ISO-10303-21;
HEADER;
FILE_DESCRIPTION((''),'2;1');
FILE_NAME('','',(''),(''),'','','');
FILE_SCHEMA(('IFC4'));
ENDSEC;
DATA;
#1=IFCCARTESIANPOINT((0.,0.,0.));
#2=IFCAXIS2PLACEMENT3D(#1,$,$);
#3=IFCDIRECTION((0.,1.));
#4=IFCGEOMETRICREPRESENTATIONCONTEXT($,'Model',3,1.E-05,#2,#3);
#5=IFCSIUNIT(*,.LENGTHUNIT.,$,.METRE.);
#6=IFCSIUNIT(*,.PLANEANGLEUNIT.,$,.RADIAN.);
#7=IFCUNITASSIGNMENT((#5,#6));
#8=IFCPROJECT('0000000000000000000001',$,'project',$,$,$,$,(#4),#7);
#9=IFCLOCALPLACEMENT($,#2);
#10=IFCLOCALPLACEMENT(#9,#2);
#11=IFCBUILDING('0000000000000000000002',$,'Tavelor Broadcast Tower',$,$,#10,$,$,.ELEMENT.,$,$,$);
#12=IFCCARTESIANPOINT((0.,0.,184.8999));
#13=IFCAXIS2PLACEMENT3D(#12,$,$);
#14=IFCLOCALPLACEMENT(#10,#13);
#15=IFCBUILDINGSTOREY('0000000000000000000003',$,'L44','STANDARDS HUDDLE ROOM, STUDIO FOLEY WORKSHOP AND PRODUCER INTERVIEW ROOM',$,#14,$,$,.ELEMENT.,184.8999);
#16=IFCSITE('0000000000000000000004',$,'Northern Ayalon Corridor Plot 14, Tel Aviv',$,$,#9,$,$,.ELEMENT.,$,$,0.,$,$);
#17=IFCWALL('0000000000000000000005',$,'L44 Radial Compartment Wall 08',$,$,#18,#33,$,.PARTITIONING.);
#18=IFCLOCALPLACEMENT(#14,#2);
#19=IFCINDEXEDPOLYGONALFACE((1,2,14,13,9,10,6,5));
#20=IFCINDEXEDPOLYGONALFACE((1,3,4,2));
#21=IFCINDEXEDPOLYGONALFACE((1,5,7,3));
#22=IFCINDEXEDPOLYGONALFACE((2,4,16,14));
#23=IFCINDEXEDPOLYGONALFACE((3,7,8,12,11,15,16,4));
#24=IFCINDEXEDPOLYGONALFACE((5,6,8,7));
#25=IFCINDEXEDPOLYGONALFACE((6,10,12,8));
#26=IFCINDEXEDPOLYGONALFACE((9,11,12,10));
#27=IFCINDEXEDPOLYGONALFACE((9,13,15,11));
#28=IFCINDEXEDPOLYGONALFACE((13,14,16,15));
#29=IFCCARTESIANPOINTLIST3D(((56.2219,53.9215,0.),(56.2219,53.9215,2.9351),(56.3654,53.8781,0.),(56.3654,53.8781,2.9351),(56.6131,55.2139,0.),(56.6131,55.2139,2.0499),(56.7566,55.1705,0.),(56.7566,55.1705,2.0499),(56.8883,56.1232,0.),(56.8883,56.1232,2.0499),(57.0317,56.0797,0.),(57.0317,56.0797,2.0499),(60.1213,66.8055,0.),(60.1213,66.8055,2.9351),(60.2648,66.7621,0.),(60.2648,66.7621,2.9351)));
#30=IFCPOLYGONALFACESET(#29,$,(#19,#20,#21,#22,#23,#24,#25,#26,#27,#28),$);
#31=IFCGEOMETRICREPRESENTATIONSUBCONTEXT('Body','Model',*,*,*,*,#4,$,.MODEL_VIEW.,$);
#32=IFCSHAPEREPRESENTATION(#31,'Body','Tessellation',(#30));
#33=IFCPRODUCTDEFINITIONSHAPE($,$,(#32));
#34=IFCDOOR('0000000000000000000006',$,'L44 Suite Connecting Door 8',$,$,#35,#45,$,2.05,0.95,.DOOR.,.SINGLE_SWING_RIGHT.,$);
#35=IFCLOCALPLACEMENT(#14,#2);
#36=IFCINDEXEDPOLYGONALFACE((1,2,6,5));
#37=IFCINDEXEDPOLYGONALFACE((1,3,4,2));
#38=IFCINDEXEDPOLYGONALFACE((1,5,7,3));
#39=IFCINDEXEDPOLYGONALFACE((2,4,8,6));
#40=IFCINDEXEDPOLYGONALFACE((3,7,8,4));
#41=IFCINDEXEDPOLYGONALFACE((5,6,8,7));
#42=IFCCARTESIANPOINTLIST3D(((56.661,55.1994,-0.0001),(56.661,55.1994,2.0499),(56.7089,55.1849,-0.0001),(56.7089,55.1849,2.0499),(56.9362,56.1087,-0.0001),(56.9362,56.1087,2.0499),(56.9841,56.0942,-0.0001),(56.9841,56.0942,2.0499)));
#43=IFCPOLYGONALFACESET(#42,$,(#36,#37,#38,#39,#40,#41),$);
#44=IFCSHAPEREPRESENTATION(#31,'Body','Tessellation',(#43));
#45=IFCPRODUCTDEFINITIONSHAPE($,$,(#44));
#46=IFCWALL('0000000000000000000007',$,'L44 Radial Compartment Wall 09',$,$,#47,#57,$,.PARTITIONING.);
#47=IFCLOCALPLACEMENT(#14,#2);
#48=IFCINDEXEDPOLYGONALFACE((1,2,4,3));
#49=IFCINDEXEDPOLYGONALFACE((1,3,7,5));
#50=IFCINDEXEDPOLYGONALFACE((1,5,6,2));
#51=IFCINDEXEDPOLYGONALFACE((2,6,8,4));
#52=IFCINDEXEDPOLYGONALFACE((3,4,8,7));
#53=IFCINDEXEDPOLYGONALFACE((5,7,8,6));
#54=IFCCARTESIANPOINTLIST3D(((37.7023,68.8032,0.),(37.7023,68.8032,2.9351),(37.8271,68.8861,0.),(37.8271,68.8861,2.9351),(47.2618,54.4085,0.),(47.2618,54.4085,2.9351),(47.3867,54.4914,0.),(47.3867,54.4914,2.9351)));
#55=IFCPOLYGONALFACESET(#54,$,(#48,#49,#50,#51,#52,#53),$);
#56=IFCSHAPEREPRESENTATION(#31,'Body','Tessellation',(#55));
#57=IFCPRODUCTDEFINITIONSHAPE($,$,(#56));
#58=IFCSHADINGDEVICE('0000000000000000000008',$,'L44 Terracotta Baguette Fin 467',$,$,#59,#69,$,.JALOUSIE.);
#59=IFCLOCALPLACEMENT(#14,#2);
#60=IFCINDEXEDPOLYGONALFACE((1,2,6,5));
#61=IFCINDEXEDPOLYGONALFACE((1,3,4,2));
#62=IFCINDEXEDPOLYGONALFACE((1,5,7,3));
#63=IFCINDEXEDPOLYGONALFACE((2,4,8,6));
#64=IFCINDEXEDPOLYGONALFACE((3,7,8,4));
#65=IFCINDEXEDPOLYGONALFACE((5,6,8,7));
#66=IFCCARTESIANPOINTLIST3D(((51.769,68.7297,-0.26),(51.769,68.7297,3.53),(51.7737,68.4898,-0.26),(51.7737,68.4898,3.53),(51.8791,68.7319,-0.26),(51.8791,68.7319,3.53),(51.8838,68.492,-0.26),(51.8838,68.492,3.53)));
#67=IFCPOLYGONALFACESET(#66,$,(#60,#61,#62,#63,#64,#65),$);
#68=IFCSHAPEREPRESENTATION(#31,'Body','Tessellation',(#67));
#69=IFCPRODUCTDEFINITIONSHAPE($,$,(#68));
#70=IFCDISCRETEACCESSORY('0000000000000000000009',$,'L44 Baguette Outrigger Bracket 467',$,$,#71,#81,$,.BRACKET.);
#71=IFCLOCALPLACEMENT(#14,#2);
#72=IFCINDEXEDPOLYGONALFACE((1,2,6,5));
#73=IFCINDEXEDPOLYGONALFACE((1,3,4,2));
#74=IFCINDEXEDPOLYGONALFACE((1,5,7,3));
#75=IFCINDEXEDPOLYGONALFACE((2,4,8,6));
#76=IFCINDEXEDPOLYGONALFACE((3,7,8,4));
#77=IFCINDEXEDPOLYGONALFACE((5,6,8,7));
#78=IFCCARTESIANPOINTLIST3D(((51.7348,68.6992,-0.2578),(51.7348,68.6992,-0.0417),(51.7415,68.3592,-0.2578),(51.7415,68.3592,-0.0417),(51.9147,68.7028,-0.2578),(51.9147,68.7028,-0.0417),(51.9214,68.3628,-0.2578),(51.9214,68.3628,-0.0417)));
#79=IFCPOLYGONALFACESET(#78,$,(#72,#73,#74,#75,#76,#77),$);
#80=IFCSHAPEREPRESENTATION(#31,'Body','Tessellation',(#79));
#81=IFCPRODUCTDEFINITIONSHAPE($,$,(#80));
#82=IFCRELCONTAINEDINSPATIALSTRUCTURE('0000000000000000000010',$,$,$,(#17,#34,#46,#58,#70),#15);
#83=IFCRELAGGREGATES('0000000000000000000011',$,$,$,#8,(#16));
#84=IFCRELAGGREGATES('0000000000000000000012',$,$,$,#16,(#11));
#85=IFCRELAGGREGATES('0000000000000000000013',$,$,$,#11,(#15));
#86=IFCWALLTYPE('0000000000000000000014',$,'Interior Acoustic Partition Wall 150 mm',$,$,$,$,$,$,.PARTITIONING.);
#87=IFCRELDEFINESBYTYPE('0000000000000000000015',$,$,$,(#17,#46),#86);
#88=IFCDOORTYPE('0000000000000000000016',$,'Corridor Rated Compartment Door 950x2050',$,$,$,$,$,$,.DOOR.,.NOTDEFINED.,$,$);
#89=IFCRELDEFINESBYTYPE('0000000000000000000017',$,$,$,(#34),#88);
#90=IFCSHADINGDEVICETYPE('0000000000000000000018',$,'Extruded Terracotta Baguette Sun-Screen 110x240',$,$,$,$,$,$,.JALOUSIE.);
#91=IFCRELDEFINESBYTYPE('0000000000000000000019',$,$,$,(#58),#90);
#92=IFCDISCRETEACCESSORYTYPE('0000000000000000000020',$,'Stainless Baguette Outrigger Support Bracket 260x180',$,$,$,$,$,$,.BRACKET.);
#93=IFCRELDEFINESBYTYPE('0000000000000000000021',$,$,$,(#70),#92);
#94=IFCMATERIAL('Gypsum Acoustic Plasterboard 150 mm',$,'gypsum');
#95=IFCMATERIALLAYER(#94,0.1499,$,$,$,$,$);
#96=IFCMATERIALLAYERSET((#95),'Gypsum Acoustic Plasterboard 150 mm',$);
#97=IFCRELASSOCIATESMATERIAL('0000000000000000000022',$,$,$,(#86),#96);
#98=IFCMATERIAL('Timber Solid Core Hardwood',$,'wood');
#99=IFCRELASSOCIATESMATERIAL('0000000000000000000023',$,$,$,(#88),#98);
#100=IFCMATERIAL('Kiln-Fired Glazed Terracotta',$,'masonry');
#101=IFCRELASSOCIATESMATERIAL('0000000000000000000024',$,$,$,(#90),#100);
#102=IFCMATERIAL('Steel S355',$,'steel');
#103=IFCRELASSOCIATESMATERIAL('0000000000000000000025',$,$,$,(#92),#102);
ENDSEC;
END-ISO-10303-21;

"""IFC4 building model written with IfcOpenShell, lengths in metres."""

from ifc_helpers import new_model, si_unit, direction, frame, frame_2d, origin, origin_2d, place, context, subcontext, project, spatial, rectangle, extrude, source, transform, mapped, material, layer, layer_set, type_object, type_shapes, element, fill, save


model = new_model("IFC4")

# Units and contexts
model_context = context("Model", 3, precision=1e-05, world=origin(), true_north=direction((0.0, 1.0)))
body_context = subcontext(model_context, "Body", "Model", "MODEL_VIEW")
ifc_project = project(units=[si_unit("LENGTHUNIT", "METRE"), si_unit("PLANEANGLEUNIT", "RADIAN")], contexts=[model_context])

# Site, building, storey
site_placement = place(None, origin())
site = spatial("IfcSite", under=ifc_project, at=site_placement, Name="Northern Ayalon Corridor Plot 14, Tel Aviv", CompositionType="ELEMENT", RefElevation=0.0)
building_placement = place(site_placement, origin())
building = spatial("IfcBuilding", under=site, at=building_placement, Name="Tavelor Broadcast Tower", CompositionType="ELEMENT")
storey_placement = place(building_placement, frame((0.0, 0.0, 184.8999)))
storey = spatial("IfcBuildingStorey", under=building, at=storey_placement, Name="L44", Description="STANDARDS HUDDLE ROOM, STUDIO FOLEY WORKSHOP AND PRODUCER INTERVIEW ROOM", CompositionType="ELEMENT", Elevation=184.8999)

# Shared definitions
ifc_material_1 = material(Name="Steel S355", Category="steel")

# Wall, opening, door
ifc_material_2 = material(Name="Gypsum Acoustic Plasterboard 150 mm", Category="gypsum")
ifc_layer_1 = layer(ifc_material_2, 0.1499)
ifc_layer_set_1 = layer_set([ifc_layer_1], Name="Gypsum Acoustic Plasterboard 150 mm")
wall_type = type_object("IfcWallType", Name="Interior Acoustic Partition Wall 150 mm", PredefinedType="PARTITIONING", material=ifc_layer_set_1)
wall_1_placement = place(storey_placement, frame((56.2937, 53.8999, 0.0), z_axis=(0.0, 0.0, 1.0), x_axis=(0.289678, 0.957124, 0.0)))
wall_1 = element("IfcWall", 1, at=wall_1_placement, inside=storey, type_object=wall_type, Name="L44 Radial Compartment Wall 08", PredefinedType="PARTITIONING", context=body_context, shape_type="SweptSolid", body=[
    extrude(rectangle(XDim=13.4612, YDim=0.1499, at=frame_2d((6.7305, 0.0))), origin(), (0.0, 0.0, 1.0), 2.9351),
])
opening_placement = place(wall_1_placement, frame((1.3501, 0.0, 0.0)))
opening = element("IfcOpeningElement", 2, at=opening_placement, cuts=wall_1, PredefinedType="OPENING", context=body_context, shape_type="SweptSolid", body=[
    extrude(rectangle(XDim=0.95, YDim=2.05, at=frame_2d((0.4751, 1.0249))), frame((0.0, 0.085, 0.0), z_axis=(0.0, -1.0, 0.0), x_axis=(1.0, 0.0, 0.0)), (0.0, 0.0, 1.0), 0.1699),
])
ifc_material_3 = material(Name="Timber Solid Core Hardwood", Category="wood")
door_type = type_object("IfcDoorType", Name="Corridor Rated Compartment Door 950x2050", OperationType="NOTDEFINED", PredefinedType="DOOR", material=ifc_material_3)
door_placement = place(opening_placement, origin())
door = element("IfcDoor", 3, at=door_placement, inside=storey, type_object=door_type, Name="L44 Suite Connecting Door 8", OperationType="SINGLE_SWING_RIGHT", OverallHeight=2.05, OverallWidth=0.95, PredefinedType="DOOR", context=body_context, shape_type="SweptSolid", body=[
    extrude(rectangle(XDim=0.95, YDim=2.05, at=frame_2d((0.4751, 1.0249))), frame((0.0, 0.0249, 0.0), z_axis=(0.0, -1.0, 0.0), x_axis=(1.0, 0.0, 0.0)), (0.0, 0.0, 1.0), 0.05),
])
fill(opening, door)

# Wall
wall_2_placement = place(storey_placement, frame((47.3242, 54.45, 0.0), z_axis=(0.0, 0.0, 1.0), x_axis=(-0.553219, 0.833036, 0.0)))
element("IfcWall", 4, at=wall_2_placement, inside=storey, type_object=wall_type, Name="L44 Radial Compartment Wall 09", PredefinedType="PARTITIONING", context=body_context, shape_type="SweptSolid", body=[
    extrude(rectangle(XDim=17.2798, YDim=0.1499, at=frame_2d((8.6399, 0.0))), origin(), (0.0, 0.0, 1.0), 2.9351),
])

# Shading device
ifc_material_4 = material(Name="Kiln-Fired Glazed Terracotta", Category="masonry")
shading_device_type = type_object("IfcShadingDeviceType", Name="Extruded Terracotta Baguette Sun-Screen 110x240", PredefinedType="JALOUSIE", material=ifc_material_4)
shared_shape_1 = source(origin(), body_context, "Body", "SweptSolid", [
    extrude(rectangle(XDim=0.1101, YDim=0.24, at=origin_2d()), origin(), (0.0, 0.0, 1.0), 3.79),
])
type_shapes(shading_device_type, [shared_shape_1])
shading_device_placement = place(storey_placement, frame((51.8264, 68.6108, -0.26), z_axis=(0.0, 0.0, 1.0), x_axis=(-0.999806, -0.019721, 0.0)))
element("IfcShadingDevice", 5, at=shading_device_placement, inside=storey, type_object=shading_device_type, Name="L44 Terracotta Baguette Fin 467", PredefinedType="JALOUSIE", context=body_context, shape_type="MappedRepresentation", body=[
    mapped(shared_shape_1, transform((0.0, 0.0, 0.0), scale=1.0)),
])

# Discrete accessory
discrete_accessory_type = type_object("IfcDiscreteAccessoryType", Name="Stainless Baguette Outrigger Support Bracket 260x180", PredefinedType="BRACKET", material=ifc_material_1)
shared_shape_2 = source(origin(), body_context, "Body", "SweptSolid", [
    extrude(rectangle(XDim=0.1799, YDim=0.3401, at=origin_2d()), origin(), (0.0, 0.0, 1.0), 0.2161),
])
type_shapes(discrete_accessory_type, [shared_shape_2])
discrete_accessory_placement = place(storey_placement, frame((51.8281, 68.531, -0.2578), z_axis=(0.0, 0.0, 1.0), x_axis=(-0.999806, -0.019721, 0.0)))
element("IfcDiscreteAccessory", 6, at=discrete_accessory_placement, inside=storey, type_object=discrete_accessory_type, Name="L44 Baguette Outrigger Bracket 467", PredefinedType="BRACKET", context=body_context, shape_type="MappedRepresentation", body=[
    mapped(shared_shape_2, transform((0.0, 0.0, 0.0), scale=1.0)),
])

save(model, "model.ifc")
